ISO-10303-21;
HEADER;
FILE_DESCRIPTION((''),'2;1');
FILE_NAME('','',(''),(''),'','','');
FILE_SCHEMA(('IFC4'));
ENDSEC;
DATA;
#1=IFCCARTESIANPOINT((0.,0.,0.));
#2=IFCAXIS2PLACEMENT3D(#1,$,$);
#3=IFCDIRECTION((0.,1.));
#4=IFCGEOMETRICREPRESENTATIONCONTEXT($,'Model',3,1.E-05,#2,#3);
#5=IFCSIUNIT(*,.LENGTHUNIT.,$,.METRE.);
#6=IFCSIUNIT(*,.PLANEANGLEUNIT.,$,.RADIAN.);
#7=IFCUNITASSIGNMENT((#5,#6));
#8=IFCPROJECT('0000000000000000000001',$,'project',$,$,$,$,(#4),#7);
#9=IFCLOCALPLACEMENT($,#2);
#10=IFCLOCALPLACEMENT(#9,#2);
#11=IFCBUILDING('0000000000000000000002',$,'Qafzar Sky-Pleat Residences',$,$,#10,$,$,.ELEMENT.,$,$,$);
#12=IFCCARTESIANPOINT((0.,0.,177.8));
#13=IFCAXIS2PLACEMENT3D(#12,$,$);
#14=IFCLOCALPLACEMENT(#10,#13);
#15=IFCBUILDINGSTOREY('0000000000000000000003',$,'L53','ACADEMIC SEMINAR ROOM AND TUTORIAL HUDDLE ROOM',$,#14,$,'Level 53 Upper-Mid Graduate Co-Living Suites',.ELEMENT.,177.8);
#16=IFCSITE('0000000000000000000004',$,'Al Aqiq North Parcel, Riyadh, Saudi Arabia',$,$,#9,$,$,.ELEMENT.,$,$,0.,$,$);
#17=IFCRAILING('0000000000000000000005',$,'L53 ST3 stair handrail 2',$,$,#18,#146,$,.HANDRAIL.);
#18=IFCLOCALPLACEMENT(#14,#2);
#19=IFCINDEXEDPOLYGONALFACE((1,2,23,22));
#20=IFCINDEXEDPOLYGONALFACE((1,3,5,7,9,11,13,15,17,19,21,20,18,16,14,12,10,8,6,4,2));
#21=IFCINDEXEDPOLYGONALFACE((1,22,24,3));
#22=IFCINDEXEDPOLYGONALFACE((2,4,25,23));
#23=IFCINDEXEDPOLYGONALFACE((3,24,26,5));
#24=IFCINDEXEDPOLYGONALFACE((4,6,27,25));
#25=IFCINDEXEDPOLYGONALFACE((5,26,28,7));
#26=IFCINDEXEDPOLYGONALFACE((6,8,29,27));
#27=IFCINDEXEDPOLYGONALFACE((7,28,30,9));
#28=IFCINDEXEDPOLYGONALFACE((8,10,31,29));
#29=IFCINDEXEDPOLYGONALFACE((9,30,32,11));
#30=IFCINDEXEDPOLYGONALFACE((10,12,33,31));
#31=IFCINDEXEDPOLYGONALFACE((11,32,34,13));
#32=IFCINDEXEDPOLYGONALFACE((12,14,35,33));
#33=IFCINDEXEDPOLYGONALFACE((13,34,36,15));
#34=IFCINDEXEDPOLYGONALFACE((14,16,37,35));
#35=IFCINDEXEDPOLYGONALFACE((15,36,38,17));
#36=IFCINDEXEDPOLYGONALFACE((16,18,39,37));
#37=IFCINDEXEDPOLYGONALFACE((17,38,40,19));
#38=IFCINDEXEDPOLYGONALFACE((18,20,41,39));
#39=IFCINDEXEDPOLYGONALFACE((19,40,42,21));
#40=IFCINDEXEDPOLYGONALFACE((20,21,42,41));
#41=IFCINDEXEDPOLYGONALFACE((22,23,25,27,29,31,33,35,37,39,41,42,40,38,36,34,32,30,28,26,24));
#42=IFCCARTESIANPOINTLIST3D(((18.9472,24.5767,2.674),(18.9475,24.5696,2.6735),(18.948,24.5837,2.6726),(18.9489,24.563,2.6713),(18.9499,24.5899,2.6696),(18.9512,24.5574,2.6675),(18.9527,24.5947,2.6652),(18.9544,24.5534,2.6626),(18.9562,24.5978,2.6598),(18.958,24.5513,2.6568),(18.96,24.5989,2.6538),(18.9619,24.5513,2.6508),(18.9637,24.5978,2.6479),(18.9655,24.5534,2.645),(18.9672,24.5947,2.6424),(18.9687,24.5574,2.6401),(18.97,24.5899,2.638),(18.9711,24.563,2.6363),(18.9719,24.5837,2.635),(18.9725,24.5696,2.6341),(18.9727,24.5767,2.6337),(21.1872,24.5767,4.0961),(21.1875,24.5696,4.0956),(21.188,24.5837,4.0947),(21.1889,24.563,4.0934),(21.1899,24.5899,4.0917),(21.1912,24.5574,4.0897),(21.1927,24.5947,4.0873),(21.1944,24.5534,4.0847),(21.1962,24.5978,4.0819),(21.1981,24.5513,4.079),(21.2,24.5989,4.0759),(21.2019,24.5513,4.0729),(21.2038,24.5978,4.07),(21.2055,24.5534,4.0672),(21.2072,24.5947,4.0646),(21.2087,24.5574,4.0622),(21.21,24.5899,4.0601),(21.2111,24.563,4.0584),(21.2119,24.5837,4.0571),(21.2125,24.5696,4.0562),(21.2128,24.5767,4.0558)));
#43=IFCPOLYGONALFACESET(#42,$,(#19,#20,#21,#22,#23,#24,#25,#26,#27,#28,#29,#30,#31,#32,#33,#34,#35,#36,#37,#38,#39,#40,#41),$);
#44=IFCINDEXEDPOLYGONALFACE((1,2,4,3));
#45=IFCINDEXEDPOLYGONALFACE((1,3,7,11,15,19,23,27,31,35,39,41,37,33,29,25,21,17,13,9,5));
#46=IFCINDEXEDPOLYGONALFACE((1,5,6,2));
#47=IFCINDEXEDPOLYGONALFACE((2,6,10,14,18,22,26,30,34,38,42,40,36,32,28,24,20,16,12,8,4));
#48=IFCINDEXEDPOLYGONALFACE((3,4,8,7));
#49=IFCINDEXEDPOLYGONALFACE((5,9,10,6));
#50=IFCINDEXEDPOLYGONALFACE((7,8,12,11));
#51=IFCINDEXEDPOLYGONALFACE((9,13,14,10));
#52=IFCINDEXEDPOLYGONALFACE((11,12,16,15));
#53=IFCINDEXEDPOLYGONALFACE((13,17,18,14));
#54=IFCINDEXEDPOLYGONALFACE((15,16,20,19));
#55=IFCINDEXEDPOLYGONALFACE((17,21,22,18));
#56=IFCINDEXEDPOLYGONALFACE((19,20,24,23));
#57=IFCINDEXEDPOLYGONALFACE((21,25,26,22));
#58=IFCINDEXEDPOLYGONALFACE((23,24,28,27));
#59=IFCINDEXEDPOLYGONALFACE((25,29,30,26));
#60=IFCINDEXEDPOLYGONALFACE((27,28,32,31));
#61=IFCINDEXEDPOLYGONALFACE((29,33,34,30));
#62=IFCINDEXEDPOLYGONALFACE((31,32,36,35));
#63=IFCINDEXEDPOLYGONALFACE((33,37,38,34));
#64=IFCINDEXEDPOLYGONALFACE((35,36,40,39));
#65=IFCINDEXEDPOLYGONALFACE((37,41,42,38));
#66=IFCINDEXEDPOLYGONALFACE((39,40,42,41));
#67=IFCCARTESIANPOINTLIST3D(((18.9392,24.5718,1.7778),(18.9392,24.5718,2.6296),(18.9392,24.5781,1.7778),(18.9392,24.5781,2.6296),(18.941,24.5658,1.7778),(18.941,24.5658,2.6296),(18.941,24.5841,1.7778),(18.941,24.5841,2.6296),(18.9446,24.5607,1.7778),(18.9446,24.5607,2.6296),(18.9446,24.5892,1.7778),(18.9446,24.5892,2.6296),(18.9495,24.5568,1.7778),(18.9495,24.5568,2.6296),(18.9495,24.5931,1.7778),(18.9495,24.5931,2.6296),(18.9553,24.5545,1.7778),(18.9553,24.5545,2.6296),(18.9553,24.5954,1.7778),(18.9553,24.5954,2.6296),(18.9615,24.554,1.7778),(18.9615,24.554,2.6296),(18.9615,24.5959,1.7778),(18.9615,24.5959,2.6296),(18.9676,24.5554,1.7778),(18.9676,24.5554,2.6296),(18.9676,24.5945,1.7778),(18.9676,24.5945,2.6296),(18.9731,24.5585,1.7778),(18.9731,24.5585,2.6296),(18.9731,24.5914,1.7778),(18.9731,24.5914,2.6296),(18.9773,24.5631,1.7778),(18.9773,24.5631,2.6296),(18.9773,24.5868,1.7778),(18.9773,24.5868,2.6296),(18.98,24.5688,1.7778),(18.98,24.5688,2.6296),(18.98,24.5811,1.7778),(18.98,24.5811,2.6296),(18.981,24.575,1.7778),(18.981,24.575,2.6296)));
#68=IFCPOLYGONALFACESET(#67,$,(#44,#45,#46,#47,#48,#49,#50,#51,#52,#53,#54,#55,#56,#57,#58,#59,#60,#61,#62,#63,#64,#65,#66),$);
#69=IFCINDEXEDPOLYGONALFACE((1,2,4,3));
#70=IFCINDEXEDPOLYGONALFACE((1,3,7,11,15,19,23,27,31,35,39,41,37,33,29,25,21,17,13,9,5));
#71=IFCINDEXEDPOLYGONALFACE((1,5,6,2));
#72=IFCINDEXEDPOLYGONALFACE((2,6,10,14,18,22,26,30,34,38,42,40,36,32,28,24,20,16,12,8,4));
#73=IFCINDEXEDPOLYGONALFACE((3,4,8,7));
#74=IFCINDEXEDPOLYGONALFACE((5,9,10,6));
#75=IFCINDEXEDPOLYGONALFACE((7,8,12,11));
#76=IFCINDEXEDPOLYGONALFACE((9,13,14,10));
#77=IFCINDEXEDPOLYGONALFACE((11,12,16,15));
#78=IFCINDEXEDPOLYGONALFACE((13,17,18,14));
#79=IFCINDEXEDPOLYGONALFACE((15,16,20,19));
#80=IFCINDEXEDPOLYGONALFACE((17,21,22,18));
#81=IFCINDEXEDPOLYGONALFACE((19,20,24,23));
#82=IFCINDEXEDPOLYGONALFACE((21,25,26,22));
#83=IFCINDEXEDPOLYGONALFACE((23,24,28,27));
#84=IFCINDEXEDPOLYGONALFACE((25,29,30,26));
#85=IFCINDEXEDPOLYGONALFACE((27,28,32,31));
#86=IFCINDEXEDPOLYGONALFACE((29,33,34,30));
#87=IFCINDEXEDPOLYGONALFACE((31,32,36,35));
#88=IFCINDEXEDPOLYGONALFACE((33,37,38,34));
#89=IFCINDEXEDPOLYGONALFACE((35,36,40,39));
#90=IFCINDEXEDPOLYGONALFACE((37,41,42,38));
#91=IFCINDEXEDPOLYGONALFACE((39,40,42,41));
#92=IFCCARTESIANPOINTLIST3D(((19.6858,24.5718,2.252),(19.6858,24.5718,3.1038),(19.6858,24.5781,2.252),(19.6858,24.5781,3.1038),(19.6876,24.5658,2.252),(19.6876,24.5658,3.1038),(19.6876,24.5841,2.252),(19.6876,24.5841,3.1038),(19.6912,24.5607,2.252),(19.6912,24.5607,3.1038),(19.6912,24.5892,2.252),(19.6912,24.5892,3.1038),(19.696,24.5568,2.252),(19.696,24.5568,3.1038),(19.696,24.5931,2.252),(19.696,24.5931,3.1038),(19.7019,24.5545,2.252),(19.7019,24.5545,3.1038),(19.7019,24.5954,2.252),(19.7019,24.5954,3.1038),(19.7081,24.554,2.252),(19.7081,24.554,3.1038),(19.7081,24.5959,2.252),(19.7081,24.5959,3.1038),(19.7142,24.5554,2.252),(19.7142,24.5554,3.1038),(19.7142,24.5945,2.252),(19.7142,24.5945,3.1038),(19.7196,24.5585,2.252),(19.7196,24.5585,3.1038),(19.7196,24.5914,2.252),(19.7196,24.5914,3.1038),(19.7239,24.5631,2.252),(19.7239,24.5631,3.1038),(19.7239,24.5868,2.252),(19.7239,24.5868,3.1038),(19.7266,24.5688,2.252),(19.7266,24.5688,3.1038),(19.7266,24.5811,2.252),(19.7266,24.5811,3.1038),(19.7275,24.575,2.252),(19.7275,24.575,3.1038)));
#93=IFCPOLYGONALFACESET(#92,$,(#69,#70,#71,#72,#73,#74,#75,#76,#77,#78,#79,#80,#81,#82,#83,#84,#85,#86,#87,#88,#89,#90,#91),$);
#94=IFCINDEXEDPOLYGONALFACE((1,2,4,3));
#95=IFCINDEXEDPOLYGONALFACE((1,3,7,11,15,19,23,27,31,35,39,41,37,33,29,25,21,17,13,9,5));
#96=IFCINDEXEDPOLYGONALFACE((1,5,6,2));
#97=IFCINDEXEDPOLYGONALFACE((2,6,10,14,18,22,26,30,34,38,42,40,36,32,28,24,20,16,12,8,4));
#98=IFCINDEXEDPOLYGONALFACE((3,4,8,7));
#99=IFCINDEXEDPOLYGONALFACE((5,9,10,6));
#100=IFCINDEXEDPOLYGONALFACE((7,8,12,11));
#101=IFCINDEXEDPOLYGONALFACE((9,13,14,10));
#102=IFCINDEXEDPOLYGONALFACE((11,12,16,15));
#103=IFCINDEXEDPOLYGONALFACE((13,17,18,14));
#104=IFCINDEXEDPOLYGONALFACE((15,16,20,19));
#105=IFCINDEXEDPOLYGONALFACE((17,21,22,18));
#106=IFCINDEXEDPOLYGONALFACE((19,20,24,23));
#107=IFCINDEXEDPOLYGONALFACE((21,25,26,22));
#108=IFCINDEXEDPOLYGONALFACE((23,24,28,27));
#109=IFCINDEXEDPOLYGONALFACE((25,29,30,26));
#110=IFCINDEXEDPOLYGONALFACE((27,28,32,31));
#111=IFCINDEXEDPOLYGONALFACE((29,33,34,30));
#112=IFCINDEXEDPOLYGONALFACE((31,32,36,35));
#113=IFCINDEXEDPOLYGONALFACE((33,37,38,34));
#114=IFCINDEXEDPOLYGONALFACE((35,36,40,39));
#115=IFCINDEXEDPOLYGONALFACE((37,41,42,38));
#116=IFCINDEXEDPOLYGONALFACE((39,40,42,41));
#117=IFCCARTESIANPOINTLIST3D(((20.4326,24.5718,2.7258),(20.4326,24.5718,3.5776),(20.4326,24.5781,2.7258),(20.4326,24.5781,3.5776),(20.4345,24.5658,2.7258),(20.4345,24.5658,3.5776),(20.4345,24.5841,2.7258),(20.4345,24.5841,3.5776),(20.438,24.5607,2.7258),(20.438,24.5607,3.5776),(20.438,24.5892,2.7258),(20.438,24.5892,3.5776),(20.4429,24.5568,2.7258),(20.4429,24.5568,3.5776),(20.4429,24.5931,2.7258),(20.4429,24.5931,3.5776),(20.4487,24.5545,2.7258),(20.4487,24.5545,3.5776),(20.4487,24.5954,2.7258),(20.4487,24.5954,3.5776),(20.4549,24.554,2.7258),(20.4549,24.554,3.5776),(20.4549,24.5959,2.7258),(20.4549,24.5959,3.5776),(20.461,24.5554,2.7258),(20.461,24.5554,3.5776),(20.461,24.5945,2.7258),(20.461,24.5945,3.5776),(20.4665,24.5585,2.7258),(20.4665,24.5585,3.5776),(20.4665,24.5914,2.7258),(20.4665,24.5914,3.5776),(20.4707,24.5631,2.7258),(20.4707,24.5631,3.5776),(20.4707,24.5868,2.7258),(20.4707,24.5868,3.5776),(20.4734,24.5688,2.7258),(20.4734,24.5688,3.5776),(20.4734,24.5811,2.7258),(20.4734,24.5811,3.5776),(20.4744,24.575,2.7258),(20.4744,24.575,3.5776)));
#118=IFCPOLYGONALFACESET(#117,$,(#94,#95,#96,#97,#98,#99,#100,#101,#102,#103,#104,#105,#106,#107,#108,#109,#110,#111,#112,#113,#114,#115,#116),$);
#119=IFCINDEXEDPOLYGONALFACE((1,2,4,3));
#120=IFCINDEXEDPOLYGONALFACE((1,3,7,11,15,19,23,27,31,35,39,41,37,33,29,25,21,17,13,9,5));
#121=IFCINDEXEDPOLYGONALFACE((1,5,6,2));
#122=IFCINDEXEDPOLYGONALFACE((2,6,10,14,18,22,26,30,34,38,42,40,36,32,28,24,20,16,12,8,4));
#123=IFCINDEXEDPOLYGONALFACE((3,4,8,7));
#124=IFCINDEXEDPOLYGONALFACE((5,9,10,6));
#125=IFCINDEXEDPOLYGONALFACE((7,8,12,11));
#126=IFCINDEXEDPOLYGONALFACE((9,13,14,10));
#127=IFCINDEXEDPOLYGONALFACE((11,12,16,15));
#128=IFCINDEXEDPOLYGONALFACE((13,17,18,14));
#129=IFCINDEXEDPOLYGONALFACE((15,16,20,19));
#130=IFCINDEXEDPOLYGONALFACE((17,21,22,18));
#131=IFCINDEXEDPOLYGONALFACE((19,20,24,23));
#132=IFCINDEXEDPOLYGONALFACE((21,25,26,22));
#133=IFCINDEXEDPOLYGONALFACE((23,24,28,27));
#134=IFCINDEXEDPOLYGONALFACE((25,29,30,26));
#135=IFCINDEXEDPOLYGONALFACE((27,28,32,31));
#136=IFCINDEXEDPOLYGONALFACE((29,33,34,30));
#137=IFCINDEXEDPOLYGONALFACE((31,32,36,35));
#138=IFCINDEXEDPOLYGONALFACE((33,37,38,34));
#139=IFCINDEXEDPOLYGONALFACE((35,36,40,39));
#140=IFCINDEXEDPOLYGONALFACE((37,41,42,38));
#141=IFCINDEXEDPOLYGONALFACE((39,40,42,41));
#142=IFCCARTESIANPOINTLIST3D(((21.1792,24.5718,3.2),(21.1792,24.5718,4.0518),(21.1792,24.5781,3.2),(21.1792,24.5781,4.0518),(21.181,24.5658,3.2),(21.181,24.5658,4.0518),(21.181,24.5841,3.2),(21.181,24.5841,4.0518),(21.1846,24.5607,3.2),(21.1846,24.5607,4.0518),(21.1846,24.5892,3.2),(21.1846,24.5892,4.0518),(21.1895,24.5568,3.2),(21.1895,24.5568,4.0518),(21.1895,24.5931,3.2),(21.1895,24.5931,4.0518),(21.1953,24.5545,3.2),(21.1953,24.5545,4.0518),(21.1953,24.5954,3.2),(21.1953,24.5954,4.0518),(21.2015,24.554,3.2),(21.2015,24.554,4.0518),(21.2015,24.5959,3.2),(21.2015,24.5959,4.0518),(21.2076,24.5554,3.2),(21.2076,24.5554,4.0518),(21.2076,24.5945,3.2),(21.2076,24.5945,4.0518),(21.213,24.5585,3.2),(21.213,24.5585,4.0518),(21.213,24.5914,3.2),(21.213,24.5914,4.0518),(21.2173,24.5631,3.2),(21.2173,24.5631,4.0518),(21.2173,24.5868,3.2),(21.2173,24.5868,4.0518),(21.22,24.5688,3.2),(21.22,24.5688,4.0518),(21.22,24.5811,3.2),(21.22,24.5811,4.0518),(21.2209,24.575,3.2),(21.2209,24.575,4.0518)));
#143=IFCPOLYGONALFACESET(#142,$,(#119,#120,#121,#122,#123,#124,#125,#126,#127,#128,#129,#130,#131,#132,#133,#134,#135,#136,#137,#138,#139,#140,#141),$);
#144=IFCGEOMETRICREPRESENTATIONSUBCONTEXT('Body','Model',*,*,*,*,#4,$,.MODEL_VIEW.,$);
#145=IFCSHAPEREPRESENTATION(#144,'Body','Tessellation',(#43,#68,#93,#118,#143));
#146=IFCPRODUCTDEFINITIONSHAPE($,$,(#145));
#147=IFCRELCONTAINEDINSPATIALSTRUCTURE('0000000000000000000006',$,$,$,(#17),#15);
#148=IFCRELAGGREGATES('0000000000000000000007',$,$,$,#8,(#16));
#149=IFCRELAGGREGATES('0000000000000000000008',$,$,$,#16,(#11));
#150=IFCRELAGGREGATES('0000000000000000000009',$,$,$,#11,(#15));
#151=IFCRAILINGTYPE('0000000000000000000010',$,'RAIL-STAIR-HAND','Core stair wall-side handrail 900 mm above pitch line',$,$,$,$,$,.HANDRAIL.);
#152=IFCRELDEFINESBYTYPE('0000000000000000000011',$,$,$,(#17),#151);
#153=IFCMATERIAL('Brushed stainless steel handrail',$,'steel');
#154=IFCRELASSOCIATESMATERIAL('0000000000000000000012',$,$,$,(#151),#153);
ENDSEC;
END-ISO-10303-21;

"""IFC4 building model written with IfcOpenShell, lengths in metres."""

from ifc_helpers import new_model, si_unit, direction, frame, origin, origin_2d, place, context, subcontext, project, spatial, circle, extrude, source, transform, mapped, material, type_object, element, save


model = new_model("IFC4")

# Units and contexts
model_context = context("Model", 3, precision=1e-05, world=origin(), true_north=direction((0.0, 1.0)))
body_context = subcontext(model_context, "Body", "Model", "MODEL_VIEW")
ifc_project = project(units=[si_unit("LENGTHUNIT", "METRE"), si_unit("PLANEANGLEUNIT", "RADIAN")], contexts=[model_context])

# Site, building, storey
site_placement = place(None, origin())
site = spatial("IfcSite", under=ifc_project, at=site_placement, Name="Al Aqiq North Parcel, Riyadh, Saudi Arabia", CompositionType="ELEMENT", RefElevation=0.0)
building_placement = place(site_placement, origin())
building = spatial("IfcBuilding", under=site, at=building_placement, Name="Qafzar Sky-Pleat Residences", CompositionType="ELEMENT")
storey_placement = place(building_placement, frame((0.0, 0.0, 177.8)))
storey = spatial("IfcBuildingStorey", under=building, at=storey_placement, Name="L53", Description="ACADEMIC SEMINAR ROOM AND TUTORIAL HUDDLE ROOM", LongName="Level 53 Upper-Mid Graduate Co-Living Suites", CompositionType="ELEMENT", Elevation=177.8)

# Railing
ifc_material_1 = material(Name="Brushed stainless steel handrail", Category="steel")
railing_type_1 = type_object("IfcRailingType", Name="RAIL-STAIR-HAND", Description="Core stair wall-side handrail 900 mm above pitch line", PredefinedType="HANDRAIL", material=ifc_material_1)
shared_shape_1 = source(origin(), body_context, "Body", "SweptSolid", [
    extrude(circle(Radius=0.0239, at=origin_2d()), frame((0.0, 0.0, 0.876), z_axis=(0.844229, 0.0, 0.535982), x_axis=(0.0, 1.0, 0.0)), (0.0, 0.0, 1.0), 2.6533),
    extrude(circle(Radius=0.021, at=origin_2d()), origin(), (0.0, 0.0, 1.0), 0.8518),
    extrude(circle(Radius=0.021, at=origin_2d()), frame((0.7466, 0.0, 0.4741)), (0.0, 0.0, 1.0), 0.8518),
    extrude(circle(Radius=0.021, at=origin_2d()), frame((1.4934, 0.0, 0.948)), (0.0, 0.0, 1.0), 0.8518),
    extrude(circle(Radius=0.021, at=origin_2d()), frame((2.24, 0.0, 1.4221)), (0.0, 0.0, 1.0), 0.8518),
])
railing_1_placement = place(storey_placement, frame((18.96, 24.575, 1.7778)))
element("IfcRailing", 1, at=railing_1_placement, inside=storey, type_object=railing_type_1, Name="L53 ST3 stair handrail 2", PredefinedType="HANDRAIL", context=body_context, shape_type="MappedRepresentation", body=[
    mapped(shared_shape_1, transform((0.0, 0.0, 0.0), x_axis=(1.0, 0.0, 0.0), y_axis=(0.0, 1.0, 0.0), z_axis=(0.0, 0.0, 1.0), scale=1.0)),
])

save(model, "model.ifc")
